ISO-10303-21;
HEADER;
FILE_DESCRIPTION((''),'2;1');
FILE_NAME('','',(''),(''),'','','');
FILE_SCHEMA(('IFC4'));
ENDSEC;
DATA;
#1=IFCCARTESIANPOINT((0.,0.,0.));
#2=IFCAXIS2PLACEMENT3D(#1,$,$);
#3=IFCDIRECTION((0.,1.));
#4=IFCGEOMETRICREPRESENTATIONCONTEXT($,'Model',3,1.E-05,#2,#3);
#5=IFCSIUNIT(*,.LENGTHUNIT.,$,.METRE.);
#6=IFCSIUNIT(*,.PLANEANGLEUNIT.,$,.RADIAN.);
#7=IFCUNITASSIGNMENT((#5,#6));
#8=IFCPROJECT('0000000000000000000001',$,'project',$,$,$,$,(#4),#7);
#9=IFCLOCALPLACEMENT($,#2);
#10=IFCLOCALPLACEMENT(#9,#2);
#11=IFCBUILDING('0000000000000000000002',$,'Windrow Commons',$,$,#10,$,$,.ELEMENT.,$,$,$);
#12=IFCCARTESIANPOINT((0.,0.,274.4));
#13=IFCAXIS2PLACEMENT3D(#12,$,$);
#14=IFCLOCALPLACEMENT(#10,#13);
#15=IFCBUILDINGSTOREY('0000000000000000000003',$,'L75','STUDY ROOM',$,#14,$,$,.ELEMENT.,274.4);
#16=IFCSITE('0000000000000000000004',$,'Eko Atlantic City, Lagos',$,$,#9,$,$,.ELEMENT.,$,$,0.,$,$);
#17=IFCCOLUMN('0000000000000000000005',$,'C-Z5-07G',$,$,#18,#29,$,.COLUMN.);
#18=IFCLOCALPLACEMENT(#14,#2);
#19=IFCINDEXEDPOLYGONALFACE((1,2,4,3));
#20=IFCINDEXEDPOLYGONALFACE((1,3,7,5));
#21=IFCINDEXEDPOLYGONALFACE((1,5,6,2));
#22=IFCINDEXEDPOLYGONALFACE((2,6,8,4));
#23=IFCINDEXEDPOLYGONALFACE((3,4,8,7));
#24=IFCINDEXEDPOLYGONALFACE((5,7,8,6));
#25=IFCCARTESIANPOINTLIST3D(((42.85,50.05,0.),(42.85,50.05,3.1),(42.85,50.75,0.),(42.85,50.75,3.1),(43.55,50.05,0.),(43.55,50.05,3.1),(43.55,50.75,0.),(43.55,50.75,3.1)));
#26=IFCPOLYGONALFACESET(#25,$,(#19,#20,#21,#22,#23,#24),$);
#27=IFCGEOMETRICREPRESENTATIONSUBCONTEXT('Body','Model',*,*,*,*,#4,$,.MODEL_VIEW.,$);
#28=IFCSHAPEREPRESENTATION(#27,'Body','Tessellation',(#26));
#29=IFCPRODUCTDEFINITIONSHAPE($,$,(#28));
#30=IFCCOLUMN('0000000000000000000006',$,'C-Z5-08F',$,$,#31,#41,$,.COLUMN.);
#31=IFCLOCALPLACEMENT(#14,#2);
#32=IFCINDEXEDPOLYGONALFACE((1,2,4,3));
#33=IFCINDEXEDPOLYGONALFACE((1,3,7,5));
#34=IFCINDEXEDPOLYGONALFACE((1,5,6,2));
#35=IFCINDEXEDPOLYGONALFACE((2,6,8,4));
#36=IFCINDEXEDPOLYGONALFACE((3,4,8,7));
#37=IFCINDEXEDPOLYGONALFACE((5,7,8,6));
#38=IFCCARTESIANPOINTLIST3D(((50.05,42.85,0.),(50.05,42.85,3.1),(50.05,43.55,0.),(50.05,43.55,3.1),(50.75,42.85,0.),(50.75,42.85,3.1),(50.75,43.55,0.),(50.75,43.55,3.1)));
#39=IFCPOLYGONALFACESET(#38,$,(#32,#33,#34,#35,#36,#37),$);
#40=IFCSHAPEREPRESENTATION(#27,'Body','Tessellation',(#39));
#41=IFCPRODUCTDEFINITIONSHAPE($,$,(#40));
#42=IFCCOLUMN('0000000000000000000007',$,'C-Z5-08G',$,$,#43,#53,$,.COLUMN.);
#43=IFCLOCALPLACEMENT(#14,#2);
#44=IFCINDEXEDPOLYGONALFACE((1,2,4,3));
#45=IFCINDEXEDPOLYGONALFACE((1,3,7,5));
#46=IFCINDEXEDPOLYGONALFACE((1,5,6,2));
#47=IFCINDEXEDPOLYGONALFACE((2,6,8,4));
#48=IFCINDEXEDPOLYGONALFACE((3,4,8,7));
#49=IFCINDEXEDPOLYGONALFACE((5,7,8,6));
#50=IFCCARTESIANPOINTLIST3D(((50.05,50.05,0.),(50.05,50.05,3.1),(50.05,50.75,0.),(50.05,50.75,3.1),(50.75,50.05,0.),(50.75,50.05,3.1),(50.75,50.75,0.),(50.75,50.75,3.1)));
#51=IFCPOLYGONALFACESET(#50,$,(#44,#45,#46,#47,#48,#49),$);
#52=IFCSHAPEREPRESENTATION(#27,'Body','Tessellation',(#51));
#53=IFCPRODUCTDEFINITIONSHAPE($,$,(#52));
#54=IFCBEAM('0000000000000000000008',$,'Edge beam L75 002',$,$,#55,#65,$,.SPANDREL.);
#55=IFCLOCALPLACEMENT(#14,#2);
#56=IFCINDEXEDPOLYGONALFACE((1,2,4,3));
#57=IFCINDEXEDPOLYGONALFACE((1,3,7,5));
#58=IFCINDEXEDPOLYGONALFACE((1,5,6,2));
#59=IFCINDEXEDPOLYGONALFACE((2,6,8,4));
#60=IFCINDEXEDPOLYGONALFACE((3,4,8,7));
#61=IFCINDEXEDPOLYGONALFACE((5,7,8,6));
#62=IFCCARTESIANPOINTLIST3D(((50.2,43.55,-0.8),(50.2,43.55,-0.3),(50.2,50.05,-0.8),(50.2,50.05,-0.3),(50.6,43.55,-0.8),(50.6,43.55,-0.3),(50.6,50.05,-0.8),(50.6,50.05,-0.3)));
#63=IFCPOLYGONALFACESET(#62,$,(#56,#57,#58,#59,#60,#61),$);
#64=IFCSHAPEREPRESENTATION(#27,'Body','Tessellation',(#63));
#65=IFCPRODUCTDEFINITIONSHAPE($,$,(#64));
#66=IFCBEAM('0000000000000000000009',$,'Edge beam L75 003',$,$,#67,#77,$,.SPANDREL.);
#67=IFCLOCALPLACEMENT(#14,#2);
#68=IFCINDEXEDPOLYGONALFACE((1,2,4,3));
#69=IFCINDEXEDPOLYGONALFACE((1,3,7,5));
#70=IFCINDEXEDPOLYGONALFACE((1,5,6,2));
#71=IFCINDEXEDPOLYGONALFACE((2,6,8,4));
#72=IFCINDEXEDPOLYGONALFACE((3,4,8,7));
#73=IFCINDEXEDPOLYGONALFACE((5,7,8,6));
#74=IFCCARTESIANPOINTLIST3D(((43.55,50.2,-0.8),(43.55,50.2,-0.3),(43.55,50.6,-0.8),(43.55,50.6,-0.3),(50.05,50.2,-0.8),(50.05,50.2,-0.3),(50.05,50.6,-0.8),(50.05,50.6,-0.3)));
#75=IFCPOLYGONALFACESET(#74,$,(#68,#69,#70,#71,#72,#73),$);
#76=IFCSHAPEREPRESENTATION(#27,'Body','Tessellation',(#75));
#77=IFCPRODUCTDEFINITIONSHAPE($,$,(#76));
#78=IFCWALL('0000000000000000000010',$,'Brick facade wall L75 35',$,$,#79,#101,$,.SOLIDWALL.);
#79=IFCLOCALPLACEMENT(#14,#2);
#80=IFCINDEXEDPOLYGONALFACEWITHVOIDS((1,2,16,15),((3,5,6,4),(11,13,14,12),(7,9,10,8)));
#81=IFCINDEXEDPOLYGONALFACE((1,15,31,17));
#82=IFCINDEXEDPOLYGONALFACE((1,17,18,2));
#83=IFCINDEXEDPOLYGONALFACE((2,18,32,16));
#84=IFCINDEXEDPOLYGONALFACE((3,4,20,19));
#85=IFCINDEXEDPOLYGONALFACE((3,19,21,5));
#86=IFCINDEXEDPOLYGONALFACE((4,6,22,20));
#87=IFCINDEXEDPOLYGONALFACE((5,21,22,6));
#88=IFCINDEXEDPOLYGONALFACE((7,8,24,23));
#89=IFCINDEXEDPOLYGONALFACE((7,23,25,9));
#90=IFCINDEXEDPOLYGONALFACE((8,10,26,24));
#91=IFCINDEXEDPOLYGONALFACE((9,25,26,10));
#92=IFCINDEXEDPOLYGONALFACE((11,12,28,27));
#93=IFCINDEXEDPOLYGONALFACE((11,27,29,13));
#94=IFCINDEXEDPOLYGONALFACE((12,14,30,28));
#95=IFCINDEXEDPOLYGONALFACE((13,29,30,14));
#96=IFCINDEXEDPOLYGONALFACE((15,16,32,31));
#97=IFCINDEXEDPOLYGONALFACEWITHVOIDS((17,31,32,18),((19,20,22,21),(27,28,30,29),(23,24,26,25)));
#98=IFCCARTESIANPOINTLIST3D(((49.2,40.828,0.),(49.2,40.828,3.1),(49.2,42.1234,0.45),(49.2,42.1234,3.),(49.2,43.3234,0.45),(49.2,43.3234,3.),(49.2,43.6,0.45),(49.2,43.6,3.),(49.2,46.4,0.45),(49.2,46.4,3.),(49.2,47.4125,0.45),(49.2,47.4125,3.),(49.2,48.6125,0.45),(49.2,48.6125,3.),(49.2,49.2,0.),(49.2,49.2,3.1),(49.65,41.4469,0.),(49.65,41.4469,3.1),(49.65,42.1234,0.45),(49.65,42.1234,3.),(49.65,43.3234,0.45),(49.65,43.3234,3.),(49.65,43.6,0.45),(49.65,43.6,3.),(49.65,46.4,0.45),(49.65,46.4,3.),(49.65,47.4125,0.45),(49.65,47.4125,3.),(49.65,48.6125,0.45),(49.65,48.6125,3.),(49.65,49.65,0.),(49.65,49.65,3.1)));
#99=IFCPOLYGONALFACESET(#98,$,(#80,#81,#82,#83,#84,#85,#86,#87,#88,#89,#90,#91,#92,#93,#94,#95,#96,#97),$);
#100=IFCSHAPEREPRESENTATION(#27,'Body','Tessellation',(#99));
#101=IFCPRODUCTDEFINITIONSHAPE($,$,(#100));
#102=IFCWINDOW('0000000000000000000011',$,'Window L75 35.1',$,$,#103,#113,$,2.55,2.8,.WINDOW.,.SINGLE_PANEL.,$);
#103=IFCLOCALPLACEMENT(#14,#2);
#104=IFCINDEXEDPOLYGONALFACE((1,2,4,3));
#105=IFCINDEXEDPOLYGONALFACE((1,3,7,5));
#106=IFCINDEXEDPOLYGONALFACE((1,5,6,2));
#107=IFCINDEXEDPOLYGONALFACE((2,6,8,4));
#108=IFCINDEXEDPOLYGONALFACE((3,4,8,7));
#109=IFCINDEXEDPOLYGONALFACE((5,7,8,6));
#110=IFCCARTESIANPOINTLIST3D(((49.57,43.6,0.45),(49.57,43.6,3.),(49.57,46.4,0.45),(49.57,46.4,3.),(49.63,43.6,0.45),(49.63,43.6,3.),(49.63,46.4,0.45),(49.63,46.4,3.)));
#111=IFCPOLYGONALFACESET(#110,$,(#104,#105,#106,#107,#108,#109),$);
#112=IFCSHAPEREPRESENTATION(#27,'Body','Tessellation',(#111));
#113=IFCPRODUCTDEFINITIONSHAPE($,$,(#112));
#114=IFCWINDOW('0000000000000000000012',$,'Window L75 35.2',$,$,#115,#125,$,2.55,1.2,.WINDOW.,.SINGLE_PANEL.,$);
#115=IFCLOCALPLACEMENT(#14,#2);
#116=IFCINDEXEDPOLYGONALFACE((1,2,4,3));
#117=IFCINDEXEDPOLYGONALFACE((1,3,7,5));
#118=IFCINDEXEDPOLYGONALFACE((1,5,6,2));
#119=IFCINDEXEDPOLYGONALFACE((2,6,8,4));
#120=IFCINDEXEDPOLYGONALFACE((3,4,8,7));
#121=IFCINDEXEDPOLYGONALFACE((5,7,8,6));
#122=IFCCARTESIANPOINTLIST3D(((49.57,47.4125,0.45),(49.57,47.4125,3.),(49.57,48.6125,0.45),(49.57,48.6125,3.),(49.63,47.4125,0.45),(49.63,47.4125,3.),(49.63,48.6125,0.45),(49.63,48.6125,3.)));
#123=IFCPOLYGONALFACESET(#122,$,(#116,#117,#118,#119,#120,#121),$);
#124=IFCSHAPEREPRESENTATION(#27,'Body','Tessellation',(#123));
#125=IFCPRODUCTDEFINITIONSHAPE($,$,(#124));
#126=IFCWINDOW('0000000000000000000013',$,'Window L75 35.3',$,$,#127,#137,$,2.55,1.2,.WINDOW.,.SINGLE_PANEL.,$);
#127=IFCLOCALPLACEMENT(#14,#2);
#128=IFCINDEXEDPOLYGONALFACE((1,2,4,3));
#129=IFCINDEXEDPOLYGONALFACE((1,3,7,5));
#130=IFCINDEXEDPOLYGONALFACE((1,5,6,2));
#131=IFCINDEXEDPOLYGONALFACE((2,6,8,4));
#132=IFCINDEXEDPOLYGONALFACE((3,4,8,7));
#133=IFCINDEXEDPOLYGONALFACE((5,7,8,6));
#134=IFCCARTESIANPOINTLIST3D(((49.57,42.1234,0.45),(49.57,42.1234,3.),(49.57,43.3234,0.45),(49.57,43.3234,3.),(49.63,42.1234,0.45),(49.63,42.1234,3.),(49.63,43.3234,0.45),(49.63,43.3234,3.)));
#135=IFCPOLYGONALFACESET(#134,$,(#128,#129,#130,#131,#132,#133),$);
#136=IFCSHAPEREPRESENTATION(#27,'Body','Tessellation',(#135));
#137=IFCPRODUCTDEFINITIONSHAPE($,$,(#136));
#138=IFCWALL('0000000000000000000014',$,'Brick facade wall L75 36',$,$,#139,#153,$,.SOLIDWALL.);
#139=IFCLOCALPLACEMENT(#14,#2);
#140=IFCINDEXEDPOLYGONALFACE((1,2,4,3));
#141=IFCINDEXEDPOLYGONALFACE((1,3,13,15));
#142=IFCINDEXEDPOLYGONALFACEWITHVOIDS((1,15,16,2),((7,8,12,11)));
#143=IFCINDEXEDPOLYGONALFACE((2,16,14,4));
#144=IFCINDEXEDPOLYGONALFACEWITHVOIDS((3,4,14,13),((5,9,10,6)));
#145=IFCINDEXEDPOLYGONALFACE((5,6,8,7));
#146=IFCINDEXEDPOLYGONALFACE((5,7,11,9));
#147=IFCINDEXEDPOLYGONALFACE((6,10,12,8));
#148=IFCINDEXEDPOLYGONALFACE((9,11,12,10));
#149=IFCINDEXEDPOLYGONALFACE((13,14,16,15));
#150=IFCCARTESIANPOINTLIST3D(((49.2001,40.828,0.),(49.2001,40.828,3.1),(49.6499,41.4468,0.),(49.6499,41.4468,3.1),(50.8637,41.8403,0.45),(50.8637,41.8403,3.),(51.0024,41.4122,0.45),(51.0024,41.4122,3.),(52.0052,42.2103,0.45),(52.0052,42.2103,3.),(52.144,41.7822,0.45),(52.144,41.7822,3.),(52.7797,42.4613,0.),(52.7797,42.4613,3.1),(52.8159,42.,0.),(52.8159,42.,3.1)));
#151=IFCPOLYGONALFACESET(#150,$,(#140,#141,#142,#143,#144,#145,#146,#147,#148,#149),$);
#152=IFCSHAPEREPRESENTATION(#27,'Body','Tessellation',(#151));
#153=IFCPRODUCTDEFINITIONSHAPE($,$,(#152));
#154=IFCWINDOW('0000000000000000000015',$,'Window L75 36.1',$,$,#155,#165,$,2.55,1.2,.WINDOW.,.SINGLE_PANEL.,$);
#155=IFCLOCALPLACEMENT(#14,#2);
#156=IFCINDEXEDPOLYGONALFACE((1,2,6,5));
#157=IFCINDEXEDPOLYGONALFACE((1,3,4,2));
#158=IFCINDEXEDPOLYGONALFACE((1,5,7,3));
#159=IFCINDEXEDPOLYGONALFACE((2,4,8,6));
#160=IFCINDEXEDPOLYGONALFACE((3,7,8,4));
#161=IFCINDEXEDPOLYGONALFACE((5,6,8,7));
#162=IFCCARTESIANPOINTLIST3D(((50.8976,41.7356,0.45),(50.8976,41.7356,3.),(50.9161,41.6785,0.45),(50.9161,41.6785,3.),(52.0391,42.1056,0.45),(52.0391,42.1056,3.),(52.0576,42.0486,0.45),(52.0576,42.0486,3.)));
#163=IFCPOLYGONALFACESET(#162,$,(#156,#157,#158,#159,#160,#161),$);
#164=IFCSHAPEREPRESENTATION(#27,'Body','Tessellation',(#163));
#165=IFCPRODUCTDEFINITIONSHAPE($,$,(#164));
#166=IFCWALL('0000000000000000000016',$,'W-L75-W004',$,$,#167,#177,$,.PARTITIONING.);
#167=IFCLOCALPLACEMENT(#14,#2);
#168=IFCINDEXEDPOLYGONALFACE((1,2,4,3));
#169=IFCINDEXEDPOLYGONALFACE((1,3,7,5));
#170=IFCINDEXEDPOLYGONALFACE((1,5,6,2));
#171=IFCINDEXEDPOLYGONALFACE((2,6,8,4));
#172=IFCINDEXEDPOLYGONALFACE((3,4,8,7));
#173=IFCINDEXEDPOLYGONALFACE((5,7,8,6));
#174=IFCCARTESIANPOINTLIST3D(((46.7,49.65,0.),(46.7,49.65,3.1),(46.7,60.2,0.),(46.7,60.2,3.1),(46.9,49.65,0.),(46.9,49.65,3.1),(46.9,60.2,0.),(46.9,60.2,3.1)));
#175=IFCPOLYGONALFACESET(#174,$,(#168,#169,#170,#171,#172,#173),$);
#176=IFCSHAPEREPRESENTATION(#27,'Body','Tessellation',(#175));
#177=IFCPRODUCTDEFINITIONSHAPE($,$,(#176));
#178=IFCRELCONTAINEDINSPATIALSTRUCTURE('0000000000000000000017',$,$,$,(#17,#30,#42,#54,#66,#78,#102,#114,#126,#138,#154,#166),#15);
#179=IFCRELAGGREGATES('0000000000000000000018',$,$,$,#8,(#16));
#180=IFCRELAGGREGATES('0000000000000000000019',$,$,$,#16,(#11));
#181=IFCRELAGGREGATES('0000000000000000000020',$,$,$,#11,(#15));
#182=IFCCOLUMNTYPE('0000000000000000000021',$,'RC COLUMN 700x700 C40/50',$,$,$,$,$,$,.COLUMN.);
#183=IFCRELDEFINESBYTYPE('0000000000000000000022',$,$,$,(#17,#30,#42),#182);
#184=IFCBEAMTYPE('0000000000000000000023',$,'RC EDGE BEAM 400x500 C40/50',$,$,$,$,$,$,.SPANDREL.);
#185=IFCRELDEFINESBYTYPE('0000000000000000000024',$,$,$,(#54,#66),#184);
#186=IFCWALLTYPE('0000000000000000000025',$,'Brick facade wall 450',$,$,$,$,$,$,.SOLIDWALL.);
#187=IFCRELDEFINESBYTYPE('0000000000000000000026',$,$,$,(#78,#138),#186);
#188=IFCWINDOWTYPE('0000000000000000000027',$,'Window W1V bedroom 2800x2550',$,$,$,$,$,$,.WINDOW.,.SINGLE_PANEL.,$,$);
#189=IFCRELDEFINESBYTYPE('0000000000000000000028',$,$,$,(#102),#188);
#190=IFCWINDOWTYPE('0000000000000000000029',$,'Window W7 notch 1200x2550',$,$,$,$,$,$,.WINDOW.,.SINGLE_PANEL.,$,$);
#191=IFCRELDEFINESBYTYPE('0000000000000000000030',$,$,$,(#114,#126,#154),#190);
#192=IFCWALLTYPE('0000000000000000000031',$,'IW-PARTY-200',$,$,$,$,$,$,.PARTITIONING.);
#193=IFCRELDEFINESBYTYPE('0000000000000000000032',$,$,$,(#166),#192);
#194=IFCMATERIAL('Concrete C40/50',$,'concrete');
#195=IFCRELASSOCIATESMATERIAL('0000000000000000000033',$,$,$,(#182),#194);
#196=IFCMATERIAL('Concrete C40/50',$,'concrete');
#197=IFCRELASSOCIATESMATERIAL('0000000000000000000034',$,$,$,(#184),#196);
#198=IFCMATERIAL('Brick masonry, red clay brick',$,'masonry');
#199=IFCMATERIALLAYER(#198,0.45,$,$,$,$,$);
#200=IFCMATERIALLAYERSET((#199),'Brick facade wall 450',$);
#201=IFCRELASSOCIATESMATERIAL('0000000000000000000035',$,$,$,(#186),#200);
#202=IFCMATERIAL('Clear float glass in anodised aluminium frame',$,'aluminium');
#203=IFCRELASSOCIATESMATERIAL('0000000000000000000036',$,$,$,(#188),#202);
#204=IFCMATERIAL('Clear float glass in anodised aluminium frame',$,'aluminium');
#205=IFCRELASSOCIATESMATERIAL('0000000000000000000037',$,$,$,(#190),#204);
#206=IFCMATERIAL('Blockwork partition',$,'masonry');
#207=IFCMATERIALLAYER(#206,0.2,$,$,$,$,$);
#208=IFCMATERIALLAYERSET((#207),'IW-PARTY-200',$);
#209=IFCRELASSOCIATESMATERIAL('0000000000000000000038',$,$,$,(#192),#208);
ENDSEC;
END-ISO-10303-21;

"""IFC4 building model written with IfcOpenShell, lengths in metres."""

from ifc_helpers import new_model, si_unit, direction, frame, frame_2d, origin, origin_2d, place, context, subcontext, project, spatial, polyline, rectangle, outline, extrude, material, layer, layer_set, material_profile, profile_set, type_object, element, fill, save


model = new_model("IFC4")

# Units and contexts
model_context = context("Model", 3, precision=1e-05, world=origin(), true_north=direction((0.0, 1.0)))
body_context = subcontext(model_context, "Body", "Model", "MODEL_VIEW")
ifc_project = project(units=[si_unit("LENGTHUNIT", "METRE"), si_unit("PLANEANGLEUNIT", "RADIAN")], contexts=[model_context])

# Site, building, storey
site_placement = place(None, origin())
site = spatial("IfcSite", under=ifc_project, at=site_placement, Name="Eko Atlantic City, Lagos", CompositionType="ELEMENT", RefElevation=0.0)
building_placement = place(site_placement, origin())
building = spatial("IfcBuilding", under=site, at=building_placement, Name="Windrow Commons", CompositionType="ELEMENT")
storey_placement = place(building_placement, frame((0.0, 0.0, 274.4)))
storey = spatial("IfcBuildingStorey", under=building, at=storey_placement, Name="L75", Description="STUDY ROOM", CompositionType="ELEMENT", Elevation=274.4)

# Columns
ifc_material_1 = material(Name="Concrete C40/50", Category="concrete")
ifc_material_profile_1 = material_profile(ifc_material_1, rectangle(XDim=0.7, YDim=0.7, at=origin_2d()))
ifc_profile_set_1 = profile_set([ifc_material_profile_1], Name="Concrete C40/50")
column_type = type_object("IfcColumnType", Name="RC COLUMN 700x700 C40/50", PredefinedType="COLUMN", material=ifc_profile_set_1)
for number, where, z_axis, x_axis, name in (
    (1, (43.2, 50.4, 0.0), (0.0, 0.0, 1.0), (1.0, 0.0, 0.0), "C-Z5-07G"),
    (2, (50.4, 43.2, 0.0), (0.0, 0.0, 1.0), (1.0, 0.0, 0.0), "C-Z5-08F"),
    (3, (50.4, 50.4, 0.0), (0.0, 0.0, 1.0), (1.0, 0.0, 0.0), "C-Z5-08G"),
):
    element("IfcColumn", number, at=place(storey_placement, frame(where, z_axis=z_axis, x_axis=x_axis)), inside=storey, type_object=column_type, Name=name, PredefinedType="COLUMN", context=body_context, shape_type="SweptSolid", body=[
        extrude(rectangle(XDim=0.7, YDim=0.7, at=origin_2d()), origin(), (0.0, 0.0, 1.0), 3.1),
    ])

# Beams
ifc_material_2 = material(Name="Concrete C40/50", Category="concrete")
ifc_material_profile_2 = material_profile(ifc_material_2, rectangle(XDim=0.4, YDim=0.5, at=origin_2d()))
ifc_profile_set_2 = profile_set([ifc_material_profile_2], Name="Concrete C40/50")
beam_type = type_object("IfcBeamType", Name="RC EDGE BEAM 400x500 C40/50", PredefinedType="SPANDREL", material=ifc_profile_set_2)
for number, where, z_axis, x_axis, name in (
    (4, (50.4, 43.55, -0.55), (0.0, 1.0, 0.0), (-1.0, 0.0, 0.0), "Edge beam L75 002"),
    (5, (50.05, 50.4, -0.55), (-1.0, 0.0, 0.0), (0.0, -1.0, 0.0), "Edge beam L75 003"),
):
    element("IfcBeam", number, at=place(storey_placement, frame(where, z_axis=z_axis, x_axis=x_axis)), inside=storey, type_object=beam_type, Name=name, PredefinedType="SPANDREL", context=body_context, shape_type="SweptSolid", body=[
        extrude(rectangle(XDim=0.4, YDim=0.5, at=origin_2d()), origin(), (0.0, 0.0, 1.0), 6.5),
    ])

# Wall, openings, windows
ifc_material_3 = material(Name="Brick masonry, red clay brick", Category="masonry")
ifc_layer_1 = layer(ifc_material_3, 0.45)
ifc_layer_set_1 = layer_set([ifc_layer_1], Name="Brick facade wall 450")
wall_type_1 = type_object("IfcWallType", Name="Brick facade wall 450", PredefinedType="SOLIDWALL", material=ifc_layer_set_1)
wall_1_placement = place(storey_placement, frame((49.425, 49.425, 0.0), z_axis=(0.0, 0.0, 1.0), x_axis=(0.0, -1.0, 0.0)))
wall_1 = element("IfcWall", 6, at=wall_1_placement, inside=storey, type_object=wall_type_1, Name="Brick facade wall L75 35", PredefinedType="SOLIDWALL", context=body_context, shape_type="SweptSolid", body=[
    extrude(outline(polyline([(0.225, -0.225), (8.597, -0.225), (7.9781, 0.225), (-0.225, 0.225), (0.225, -0.225)])), origin(), (0.0, 0.0, 1.0), 3.1),
])
opening_1_placement = place(wall_1_placement, frame((3.025, 0.0, 0.45)))
opening_1 = element("IfcOpeningElement", 7, at=opening_1_placement, cuts=wall_1, PredefinedType="OPENING", context=body_context, shape_type="SweptSolid", body=[
    extrude(rectangle(XDim=2.8, YDim=2.55, at=frame_2d((1.4, 1.275))), frame((0.0, 0.235, 0.0), z_axis=(0.0, -1.0, 0.0), x_axis=(1.0, 0.0, 0.0)), (0.0, 0.0, 1.0), 0.47),
])
opening_2_placement = place(wall_1_placement, frame((0.8125, 0.0, 0.45)))
opening_2 = element("IfcOpeningElement", 8, at=opening_2_placement, cuts=wall_1, PredefinedType="OPENING", context=body_context, shape_type="SweptSolid", body=[
    extrude(rectangle(XDim=1.2, YDim=2.55, at=frame_2d((0.6, 1.275))), frame((0.0, 0.235, 0.0), z_axis=(0.0, -1.0, 0.0), x_axis=(1.0, 0.0, 0.0)), (0.0, 0.0, 1.0), 0.47),
])
opening_3_placement = place(wall_1_placement, frame((6.1016, 0.0, 0.45)))
opening_3 = element("IfcOpeningElement", 9, at=opening_3_placement, cuts=wall_1, PredefinedType="OPENING", context=body_context, shape_type="SweptSolid", body=[
    extrude(rectangle(XDim=1.2, YDim=2.55, at=frame_2d((0.6, 1.275))), frame((0.0, 0.235, 0.0), z_axis=(0.0, -1.0, 0.0), x_axis=(1.0, 0.0, 0.0)), (0.0, 0.0, 1.0), 0.47),
])
ifc_material_4 = material(Name="Clear float glass in anodised aluminium frame", Category="aluminium")
window_type_1 = type_object("IfcWindowType", Name="Window W1V bedroom 2800x2550", PartitioningType="SINGLE_PANEL", PredefinedType="WINDOW", material=ifc_material_4)
window_1_placement = place(opening_1_placement, origin())
window_1 = element("IfcWindow", 10, at=window_1_placement, inside=storey, type_object=window_type_1, Name="Window L75 35.1", OverallHeight=2.55, OverallWidth=2.8, PartitioningType="SINGLE_PANEL", PredefinedType="WINDOW", context=body_context, shape_type="SweptSolid", body=[
    extrude(rectangle(XDim=2.8, YDim=2.55, at=frame_2d((1.4, 1.275))), frame((0.0, 0.205, 0.0), z_axis=(0.0, -1.0, 0.0), x_axis=(1.0, 0.0, 0.0)), (0.0, 0.0, 1.0), 0.06),
])
fill(opening_1, window_1)
ifc_material_5 = material(Name="Clear float glass in anodised aluminium frame", Category="aluminium")
window_type_2 = type_object("IfcWindowType", Name="Window W7 notch 1200x2550", PartitioningType="SINGLE_PANEL", PredefinedType="WINDOW", material=ifc_material_5)
window_2_placement = place(opening_2_placement, origin())
window_2 = element("IfcWindow", 11, at=window_2_placement, inside=storey, type_object=window_type_2, Name="Window L75 35.2", OverallHeight=2.55, OverallWidth=1.2, PartitioningType="SINGLE_PANEL", PredefinedType="WINDOW", context=body_context, shape_type="SweptSolid", body=[
    extrude(rectangle(XDim=1.2, YDim=2.55, at=frame_2d((0.6, 1.275))), frame((0.0, 0.205, 0.0), z_axis=(0.0, -1.0, 0.0), x_axis=(1.0, 0.0, 0.0)), (0.0, 0.0, 1.0), 0.06),
])
fill(opening_2, window_2)
window_3_placement = place(opening_3_placement, origin())
window_3 = element("IfcWindow", 12, at=window_3_placement, inside=storey, type_object=window_type_2, Name="Window L75 35.3", OverallHeight=2.55, OverallWidth=1.2, PartitioningType="SINGLE_PANEL", PredefinedType="WINDOW", context=body_context, shape_type="SweptSolid", body=[
    extrude(rectangle(XDim=1.2, YDim=2.55, at=frame_2d((0.6, 1.275))), frame((0.0, 0.205, 0.0), z_axis=(0.0, -1.0, 0.0), x_axis=(1.0, 0.0, 0.0)), (0.0, 0.0, 1.0), 0.06),
])
fill(opening_3, window_3)

# Wall, opening, window
wall_2_placement = place(storey_placement, frame((49.425, 41.1374, 0.0), z_axis=(0.0, 0.0, 1.0), x_axis=(0.951274, 0.308348, 0.0)))
wall_2 = element("IfcWall", 13, at=wall_2_placement, inside=storey, type_object=wall_type_1, Name="Brick facade wall L75 36", PredefinedType="SOLIDWALL", context=body_context, shape_type="SweptSolid", body=[
    extrude(outline(polyline([(-0.3094, -0.225), (3.4917, -0.225), (3.5995, 0.225), (0.3094, 0.225), (-0.3094, -0.225)])), origin(), (0.0, 0.0, 1.0), 3.1),
])
opening_4_placement = place(wall_2_placement, frame((1.5853, 0.0, 0.45)))
opening_4 = element("IfcOpeningElement", 14, at=opening_4_placement, cuts=wall_2, PredefinedType="OPENING", context=body_context, shape_type="SweptSolid", body=[
    extrude(rectangle(XDim=1.2, YDim=2.55, at=frame_2d((0.6, 1.275))), frame((0.0, 0.235, 0.0), z_axis=(0.0, -1.0, 0.0), x_axis=(1.0, 0.0, 0.0)), (0.0, 0.0, 1.0), 0.47),
])
window_4_placement = place(opening_4_placement, origin())
window_4 = element("IfcWindow", 15, at=window_4_placement, inside=storey, type_object=window_type_2, Name="Window L75 36.1", OverallHeight=2.55, OverallWidth=1.2, PartitioningType="SINGLE_PANEL", PredefinedType="WINDOW", context=body_context, shape_type="SweptSolid", body=[
    extrude(rectangle(XDim=1.2, YDim=2.55, at=frame_2d((0.6, 1.275))), frame((0.0, 0.115, 0.0), z_axis=(0.0, -1.0, 0.0), x_axis=(1.0, 0.0, 0.0)), (0.0, 0.0, 1.0), 0.06),
])
fill(opening_4, window_4)

# Wall
ifc_material_6 = material(Name="Blockwork partition", Category="masonry")
ifc_layer_2 = layer(ifc_material_6, 0.2)
ifc_layer_set_2 = layer_set([ifc_layer_2], Name="IW-PARTY-200")
wall_type_2 = type_object("IfcWallType", Name="IW-PARTY-200", PredefinedType="PARTITIONING", material=ifc_layer_set_2)
wall_3_placement = place(storey_placement, frame((46.8, 49.65, 0.0), z_axis=(0.0, 0.0, 1.0), x_axis=(0.0, 1.0, 0.0)))
element("IfcWall", 16, at=wall_3_placement, inside=storey, type_object=wall_type_2, Name="W-L75-W004", PredefinedType="PARTITIONING", context=body_context, shape_type="SweptSolid", body=[
    extrude(rectangle(XDim=10.55, YDim=0.2, at=frame_2d((5.275, 0.0))), origin(), (0.0, 0.0, 1.0), 3.1),
])

save(model, "model.ifc")
